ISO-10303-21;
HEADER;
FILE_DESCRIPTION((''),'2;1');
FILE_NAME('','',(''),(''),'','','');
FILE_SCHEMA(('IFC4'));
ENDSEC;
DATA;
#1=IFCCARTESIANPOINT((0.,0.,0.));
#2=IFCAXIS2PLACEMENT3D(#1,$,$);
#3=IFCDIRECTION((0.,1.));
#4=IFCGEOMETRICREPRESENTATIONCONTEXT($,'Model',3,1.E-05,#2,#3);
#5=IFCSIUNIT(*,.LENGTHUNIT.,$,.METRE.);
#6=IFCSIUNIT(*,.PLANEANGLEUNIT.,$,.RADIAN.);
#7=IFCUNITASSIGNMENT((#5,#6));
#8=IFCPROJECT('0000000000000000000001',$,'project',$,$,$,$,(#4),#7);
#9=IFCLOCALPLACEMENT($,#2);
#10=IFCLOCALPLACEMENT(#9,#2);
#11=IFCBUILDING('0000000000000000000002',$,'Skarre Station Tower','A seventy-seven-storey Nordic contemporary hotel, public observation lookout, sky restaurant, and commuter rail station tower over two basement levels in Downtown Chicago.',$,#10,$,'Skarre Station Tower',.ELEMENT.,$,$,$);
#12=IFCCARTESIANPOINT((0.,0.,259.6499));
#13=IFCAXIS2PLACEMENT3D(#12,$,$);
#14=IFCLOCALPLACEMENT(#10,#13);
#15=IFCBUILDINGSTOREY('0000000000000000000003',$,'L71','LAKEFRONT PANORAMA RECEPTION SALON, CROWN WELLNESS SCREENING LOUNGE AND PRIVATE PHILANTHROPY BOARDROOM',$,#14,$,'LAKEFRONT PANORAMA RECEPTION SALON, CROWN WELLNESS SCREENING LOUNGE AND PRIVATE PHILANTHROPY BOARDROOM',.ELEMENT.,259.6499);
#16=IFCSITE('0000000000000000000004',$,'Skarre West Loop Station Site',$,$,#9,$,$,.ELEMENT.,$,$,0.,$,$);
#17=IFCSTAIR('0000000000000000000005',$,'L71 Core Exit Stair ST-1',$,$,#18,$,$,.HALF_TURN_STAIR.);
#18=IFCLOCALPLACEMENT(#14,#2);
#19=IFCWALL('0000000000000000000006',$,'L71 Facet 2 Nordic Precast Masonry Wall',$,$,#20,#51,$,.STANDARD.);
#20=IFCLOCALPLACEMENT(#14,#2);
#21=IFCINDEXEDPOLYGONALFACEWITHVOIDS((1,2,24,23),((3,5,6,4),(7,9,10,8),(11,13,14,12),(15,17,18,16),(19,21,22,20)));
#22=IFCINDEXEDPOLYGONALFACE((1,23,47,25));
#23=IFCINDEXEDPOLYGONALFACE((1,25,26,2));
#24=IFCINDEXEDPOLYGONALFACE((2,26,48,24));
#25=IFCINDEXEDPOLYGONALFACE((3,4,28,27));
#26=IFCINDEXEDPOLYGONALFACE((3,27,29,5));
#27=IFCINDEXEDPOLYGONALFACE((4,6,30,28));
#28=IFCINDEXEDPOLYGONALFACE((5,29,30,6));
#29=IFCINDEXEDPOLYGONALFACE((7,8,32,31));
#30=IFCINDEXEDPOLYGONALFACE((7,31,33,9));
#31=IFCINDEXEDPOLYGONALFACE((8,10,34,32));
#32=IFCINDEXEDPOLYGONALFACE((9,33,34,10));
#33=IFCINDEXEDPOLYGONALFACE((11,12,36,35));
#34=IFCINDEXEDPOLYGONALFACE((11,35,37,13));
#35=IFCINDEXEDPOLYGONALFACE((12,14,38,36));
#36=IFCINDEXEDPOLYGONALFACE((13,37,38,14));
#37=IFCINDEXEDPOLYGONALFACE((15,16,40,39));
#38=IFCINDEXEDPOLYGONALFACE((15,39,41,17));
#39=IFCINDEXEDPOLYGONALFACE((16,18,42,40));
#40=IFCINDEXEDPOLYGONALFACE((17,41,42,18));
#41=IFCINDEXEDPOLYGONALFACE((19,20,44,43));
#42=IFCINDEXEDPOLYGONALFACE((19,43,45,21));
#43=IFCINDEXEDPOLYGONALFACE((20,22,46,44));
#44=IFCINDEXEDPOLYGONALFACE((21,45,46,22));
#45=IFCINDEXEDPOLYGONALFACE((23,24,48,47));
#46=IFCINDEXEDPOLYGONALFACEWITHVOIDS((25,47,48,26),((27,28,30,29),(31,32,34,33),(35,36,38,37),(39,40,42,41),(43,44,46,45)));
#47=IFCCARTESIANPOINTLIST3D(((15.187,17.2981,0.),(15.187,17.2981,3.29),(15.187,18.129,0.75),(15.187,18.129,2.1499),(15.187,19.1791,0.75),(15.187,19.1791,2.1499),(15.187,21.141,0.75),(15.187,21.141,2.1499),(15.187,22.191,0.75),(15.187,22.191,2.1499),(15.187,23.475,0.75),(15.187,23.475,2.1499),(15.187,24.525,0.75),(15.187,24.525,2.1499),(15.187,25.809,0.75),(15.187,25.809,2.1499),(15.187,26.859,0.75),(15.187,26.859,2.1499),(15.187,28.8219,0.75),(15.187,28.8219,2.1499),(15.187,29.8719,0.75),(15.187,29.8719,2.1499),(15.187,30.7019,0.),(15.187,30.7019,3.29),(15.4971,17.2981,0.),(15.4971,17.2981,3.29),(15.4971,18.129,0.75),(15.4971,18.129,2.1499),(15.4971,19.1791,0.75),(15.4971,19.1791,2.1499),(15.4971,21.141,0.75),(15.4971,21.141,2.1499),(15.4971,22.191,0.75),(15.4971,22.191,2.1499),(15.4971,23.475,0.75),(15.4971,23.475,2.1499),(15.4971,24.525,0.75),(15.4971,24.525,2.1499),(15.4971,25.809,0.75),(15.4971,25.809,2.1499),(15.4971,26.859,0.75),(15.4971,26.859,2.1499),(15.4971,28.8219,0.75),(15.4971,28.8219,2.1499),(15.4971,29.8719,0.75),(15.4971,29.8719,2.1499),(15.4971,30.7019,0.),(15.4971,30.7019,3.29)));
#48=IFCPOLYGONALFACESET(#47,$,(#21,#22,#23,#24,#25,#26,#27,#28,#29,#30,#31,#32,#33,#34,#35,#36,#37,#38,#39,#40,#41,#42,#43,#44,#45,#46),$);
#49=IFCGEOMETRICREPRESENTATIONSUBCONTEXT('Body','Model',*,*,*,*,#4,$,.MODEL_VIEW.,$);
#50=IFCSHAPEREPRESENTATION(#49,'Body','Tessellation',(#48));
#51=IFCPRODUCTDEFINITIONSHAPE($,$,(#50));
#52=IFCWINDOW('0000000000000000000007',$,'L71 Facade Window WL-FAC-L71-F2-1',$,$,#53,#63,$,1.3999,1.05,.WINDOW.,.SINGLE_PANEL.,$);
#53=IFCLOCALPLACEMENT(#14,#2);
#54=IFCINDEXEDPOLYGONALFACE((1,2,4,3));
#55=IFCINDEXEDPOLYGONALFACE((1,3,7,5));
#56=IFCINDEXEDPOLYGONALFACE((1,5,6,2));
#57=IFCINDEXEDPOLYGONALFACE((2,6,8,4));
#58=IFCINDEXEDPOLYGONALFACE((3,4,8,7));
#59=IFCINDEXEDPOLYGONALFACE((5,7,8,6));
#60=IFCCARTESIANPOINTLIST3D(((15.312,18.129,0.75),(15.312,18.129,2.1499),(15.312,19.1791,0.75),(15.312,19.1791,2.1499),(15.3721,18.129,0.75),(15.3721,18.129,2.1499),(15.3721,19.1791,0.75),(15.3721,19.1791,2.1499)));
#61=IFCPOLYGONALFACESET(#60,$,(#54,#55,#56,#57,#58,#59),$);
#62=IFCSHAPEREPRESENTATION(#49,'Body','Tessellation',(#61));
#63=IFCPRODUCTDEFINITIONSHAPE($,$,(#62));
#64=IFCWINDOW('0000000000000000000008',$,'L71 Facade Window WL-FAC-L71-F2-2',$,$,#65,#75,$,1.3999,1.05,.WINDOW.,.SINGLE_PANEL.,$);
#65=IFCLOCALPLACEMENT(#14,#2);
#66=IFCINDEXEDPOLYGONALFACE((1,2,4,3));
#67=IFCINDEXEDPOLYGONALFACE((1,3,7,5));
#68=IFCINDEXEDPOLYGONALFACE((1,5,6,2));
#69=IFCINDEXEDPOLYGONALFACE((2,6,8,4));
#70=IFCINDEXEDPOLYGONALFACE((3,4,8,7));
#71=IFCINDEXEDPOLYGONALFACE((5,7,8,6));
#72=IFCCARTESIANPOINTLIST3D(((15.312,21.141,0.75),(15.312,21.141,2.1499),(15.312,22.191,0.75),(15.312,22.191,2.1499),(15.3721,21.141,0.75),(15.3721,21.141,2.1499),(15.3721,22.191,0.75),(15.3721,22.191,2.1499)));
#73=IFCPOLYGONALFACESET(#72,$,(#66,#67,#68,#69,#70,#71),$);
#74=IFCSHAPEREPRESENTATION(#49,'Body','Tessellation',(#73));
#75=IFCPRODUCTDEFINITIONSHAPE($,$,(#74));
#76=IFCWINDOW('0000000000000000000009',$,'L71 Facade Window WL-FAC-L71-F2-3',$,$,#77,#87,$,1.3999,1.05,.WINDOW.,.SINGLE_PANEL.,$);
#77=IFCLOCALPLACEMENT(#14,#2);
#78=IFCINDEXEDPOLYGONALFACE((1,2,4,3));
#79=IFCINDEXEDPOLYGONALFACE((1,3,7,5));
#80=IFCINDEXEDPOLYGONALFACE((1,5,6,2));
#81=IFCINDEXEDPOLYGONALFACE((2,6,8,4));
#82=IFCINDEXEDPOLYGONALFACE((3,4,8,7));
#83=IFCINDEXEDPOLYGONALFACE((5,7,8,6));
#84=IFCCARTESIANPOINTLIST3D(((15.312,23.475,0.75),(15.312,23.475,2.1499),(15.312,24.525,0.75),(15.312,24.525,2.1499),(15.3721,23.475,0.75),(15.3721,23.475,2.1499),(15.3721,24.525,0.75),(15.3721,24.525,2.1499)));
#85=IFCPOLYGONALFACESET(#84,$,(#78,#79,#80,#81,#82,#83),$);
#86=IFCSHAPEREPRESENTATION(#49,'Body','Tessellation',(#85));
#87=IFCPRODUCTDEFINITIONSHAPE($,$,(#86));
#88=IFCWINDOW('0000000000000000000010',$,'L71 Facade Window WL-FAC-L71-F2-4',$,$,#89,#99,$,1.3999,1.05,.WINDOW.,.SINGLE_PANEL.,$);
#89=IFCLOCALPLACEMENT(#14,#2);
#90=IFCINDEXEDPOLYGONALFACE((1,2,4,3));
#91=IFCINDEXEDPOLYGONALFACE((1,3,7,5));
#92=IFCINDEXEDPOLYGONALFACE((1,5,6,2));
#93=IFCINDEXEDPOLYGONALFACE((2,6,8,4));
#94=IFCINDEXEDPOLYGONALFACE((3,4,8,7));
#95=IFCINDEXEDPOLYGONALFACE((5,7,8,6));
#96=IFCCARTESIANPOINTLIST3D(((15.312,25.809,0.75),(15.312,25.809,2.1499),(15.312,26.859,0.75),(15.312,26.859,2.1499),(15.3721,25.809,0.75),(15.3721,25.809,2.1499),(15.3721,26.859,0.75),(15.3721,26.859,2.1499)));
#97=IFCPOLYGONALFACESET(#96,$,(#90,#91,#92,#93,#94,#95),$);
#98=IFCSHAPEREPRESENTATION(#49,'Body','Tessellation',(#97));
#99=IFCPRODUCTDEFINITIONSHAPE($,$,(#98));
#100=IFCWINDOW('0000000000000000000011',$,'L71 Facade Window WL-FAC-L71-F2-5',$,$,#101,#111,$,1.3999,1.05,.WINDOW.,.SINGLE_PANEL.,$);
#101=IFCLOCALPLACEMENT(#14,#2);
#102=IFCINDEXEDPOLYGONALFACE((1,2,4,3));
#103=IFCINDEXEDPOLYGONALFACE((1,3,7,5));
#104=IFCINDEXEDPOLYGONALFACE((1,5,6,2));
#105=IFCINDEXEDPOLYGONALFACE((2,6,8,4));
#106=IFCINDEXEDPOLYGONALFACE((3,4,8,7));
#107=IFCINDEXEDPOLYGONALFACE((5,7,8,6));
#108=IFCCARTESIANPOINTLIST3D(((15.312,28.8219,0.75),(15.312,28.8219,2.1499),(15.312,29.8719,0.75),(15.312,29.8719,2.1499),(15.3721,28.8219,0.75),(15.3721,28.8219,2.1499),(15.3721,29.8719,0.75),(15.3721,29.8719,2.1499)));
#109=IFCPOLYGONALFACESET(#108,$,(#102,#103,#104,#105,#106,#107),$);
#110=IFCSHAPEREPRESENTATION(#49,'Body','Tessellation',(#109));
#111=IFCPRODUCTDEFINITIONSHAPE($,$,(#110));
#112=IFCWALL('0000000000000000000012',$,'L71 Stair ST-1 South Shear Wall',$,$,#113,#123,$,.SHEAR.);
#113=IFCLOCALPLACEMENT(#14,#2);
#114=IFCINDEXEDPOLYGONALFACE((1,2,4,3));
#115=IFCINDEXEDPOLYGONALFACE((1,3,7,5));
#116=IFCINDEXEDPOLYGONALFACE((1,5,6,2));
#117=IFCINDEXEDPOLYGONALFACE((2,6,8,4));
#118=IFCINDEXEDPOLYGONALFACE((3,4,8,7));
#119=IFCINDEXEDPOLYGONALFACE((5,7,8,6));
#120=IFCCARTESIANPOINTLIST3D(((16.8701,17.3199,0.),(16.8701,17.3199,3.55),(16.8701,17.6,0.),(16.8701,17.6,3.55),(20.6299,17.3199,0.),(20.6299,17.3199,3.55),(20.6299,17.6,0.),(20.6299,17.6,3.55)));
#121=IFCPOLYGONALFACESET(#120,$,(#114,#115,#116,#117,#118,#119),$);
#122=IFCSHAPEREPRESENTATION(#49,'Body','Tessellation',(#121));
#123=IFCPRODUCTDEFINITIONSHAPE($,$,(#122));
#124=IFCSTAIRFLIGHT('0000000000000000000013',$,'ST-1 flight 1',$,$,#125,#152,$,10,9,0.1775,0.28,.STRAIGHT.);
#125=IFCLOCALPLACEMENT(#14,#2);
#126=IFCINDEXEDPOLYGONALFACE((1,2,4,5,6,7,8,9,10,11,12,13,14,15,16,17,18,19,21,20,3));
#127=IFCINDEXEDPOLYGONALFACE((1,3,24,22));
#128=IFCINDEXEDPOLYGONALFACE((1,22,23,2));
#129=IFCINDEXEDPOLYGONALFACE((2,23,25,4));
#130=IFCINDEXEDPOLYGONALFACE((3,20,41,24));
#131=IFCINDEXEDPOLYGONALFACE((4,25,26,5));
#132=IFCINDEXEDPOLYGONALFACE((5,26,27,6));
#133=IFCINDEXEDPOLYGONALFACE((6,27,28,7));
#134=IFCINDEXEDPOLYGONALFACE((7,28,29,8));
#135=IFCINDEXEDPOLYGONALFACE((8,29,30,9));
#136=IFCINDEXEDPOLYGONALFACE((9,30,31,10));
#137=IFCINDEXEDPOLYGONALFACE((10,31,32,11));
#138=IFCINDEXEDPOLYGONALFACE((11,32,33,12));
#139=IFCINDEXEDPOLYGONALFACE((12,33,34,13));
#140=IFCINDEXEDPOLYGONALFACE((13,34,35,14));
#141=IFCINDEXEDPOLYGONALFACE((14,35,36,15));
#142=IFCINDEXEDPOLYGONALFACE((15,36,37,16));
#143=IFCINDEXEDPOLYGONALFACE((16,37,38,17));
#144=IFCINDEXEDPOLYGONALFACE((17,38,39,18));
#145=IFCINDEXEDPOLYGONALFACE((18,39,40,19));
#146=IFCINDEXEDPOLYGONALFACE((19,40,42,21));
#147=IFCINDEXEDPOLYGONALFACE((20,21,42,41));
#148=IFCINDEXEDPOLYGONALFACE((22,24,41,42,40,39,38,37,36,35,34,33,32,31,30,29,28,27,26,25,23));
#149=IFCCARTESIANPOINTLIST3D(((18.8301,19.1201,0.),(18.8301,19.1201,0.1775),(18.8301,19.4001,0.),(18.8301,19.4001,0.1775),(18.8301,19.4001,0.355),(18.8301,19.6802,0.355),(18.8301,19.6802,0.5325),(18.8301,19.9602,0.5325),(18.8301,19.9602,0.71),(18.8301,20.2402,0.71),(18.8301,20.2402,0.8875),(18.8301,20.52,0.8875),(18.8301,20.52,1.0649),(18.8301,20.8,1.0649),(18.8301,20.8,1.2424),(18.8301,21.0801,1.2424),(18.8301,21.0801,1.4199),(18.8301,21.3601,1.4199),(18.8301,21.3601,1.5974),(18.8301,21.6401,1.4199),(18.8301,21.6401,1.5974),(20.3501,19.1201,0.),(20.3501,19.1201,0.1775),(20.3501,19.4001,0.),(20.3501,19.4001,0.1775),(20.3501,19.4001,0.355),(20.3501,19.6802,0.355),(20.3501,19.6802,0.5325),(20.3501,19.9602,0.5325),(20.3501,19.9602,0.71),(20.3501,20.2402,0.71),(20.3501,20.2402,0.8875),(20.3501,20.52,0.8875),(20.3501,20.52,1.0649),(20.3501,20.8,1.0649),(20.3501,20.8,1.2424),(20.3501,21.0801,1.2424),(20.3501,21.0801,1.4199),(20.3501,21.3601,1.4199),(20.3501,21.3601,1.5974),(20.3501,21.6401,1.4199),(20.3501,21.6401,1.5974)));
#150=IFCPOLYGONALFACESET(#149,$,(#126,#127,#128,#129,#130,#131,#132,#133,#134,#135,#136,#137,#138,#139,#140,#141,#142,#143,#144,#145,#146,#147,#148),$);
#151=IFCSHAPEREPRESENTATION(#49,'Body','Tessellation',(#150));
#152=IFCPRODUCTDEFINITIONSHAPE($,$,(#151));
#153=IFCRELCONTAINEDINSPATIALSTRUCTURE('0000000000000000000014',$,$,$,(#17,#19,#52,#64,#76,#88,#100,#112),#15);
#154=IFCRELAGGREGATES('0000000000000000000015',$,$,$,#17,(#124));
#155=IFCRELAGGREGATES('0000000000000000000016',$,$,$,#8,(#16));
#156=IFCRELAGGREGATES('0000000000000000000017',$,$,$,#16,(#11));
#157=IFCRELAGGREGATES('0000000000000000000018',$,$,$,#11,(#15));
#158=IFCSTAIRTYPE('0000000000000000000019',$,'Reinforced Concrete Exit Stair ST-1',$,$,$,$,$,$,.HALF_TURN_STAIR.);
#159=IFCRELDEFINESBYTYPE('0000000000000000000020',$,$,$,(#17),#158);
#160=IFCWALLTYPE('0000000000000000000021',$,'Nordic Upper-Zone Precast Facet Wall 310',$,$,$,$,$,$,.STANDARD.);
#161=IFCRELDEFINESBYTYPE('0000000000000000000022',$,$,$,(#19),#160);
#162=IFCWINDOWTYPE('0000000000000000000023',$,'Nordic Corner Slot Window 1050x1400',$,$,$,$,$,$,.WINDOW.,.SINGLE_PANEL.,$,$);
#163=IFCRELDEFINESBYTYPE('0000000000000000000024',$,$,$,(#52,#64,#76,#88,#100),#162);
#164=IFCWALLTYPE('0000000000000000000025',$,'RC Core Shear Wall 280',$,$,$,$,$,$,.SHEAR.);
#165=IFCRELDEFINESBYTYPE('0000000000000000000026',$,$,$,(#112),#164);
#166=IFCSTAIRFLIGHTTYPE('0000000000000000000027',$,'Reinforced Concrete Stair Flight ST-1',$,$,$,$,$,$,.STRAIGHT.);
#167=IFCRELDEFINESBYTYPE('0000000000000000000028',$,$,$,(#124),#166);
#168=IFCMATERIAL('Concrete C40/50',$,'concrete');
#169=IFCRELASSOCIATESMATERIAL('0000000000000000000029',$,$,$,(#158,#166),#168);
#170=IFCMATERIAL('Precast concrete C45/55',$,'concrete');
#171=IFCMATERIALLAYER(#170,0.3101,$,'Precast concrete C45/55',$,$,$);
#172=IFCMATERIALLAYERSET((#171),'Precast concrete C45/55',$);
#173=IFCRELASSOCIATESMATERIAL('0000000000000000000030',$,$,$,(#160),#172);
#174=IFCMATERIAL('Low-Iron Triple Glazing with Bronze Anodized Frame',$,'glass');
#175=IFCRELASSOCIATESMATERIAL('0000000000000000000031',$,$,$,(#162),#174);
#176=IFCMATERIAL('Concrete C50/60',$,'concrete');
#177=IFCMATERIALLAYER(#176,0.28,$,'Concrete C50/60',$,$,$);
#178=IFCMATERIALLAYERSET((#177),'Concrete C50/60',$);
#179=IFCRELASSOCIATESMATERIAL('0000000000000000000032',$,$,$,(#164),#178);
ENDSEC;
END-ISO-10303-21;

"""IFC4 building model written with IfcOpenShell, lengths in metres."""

from ifc_helpers import new_model, si_unit, direction, frame, frame_2d, origin, place, context, subcontext, project, spatial, polyline, rectangle, outline, extrude, material, layer, layer_set, type_object, element, fill, aggregate, save


model = new_model("IFC4")

# Units and contexts
model_context = context("Model", 3, precision=1e-05, world=origin(), true_north=direction((0.0, 1.0)))
body_context = subcontext(model_context, "Body", "Model", "MODEL_VIEW")
ifc_project = project(units=[si_unit("LENGTHUNIT", "METRE"), si_unit("PLANEANGLEUNIT", "RADIAN")], contexts=[model_context])

# Site, building, storey
site_placement = place(None, origin())
site = spatial("IfcSite", under=ifc_project, at=site_placement, Name="Skarre West Loop Station Site", CompositionType="ELEMENT", RefElevation=0.0)
building_placement = place(site_placement, origin())
building = spatial("IfcBuilding", under=site, at=building_placement, Name="Skarre Station Tower", Description="A seventy-seven-storey Nordic contemporary hotel, public observation lookout, sky restaurant, and commuter rail station tower over two basement levels in Downtown Chicago.", LongName="Skarre Station Tower", CompositionType="ELEMENT")
storey_placement = place(building_placement, frame((0.0, 0.0, 259.6499)))
storey = spatial("IfcBuildingStorey", under=building, at=storey_placement, Name="L71", Description="LAKEFRONT PANORAMA RECEPTION SALON, CROWN WELLNESS SCREENING LOUNGE AND PRIVATE PHILANTHROPY BOARDROOM", LongName="LAKEFRONT PANORAMA RECEPTION SALON, CROWN WELLNESS SCREENING LOUNGE AND PRIVATE PHILANTHROPY BOARDROOM", CompositionType="ELEMENT", Elevation=259.6499)

# Shared definitions
ifc_material_1 = material(Name="Concrete C50/60", Category="concrete")

# Stair
ifc_material_2 = material(Name="Concrete C40/50", Category="concrete")
stair_type_1 = type_object("IfcStairType", Name="Reinforced Concrete Exit Stair ST-1", PredefinedType="HALF_TURN_STAIR", material=ifc_material_2)
stair_1_placement = place(storey_placement, origin())
stair_1 = element("IfcStair", 1, at=stair_1_placement, inside=storey, type_object=stair_type_1, Name="L71 Core Exit Stair ST-1", PredefinedType="HALF_TURN_STAIR")

# Shared definitions
ifc_material_3 = material(Name="Precast concrete C45/55", Category="concrete")

# Wall, openings, windows
ifc_layer_1 = layer(ifc_material_3, 0.3101, Name="Precast concrete C45/55")
ifc_layer_set_1 = layer_set([ifc_layer_1], Name="Precast concrete C45/55")
wall_type_1 = type_object("IfcWallType", Name="Nordic Upper-Zone Precast Facet Wall 310", PredefinedType="STANDARD", material=ifc_layer_set_1)
wall_1_placement = place(storey_placement, frame((15.342, 17.2981, 0.0), z_axis=(0.0, 0.0, 1.0), x_axis=(0.0, 1.0, 0.0)))
wall_1 = element("IfcWall", 2, at=wall_1_placement, inside=storey, type_object=wall_type_1, Name="L71 Facet 2 Nordic Precast Masonry Wall", PredefinedType="STANDARD", context=body_context, shape_type="SweptSolid", body=[
    extrude(rectangle(XDim=13.4038, YDim=0.3101, at=frame_2d((6.7019, 0.0))), origin(), (0.0, 0.0, 1.0), 3.29),
])
opening_1_placement = place(wall_1_placement, frame((0.8311, 0.0, 0.75)))
opening_1 = element("IfcOpeningElement", 3, at=opening_1_placement, cuts=wall_1, PredefinedType="OPENING", context=body_context, shape_type="SweptSolid", body=[
    extrude(rectangle(XDim=1.05, YDim=1.3999, at=frame_2d((0.5249, 0.7))), frame((0.0, 0.165, 0.0), z_axis=(0.0, -1.0, 0.0), x_axis=(1.0, 0.0, 0.0)), (0.0, 0.0, 1.0), 0.3301),
])
opening_2_placement = place(wall_1_placement, frame((3.843, 0.0, 0.75)))
opening_2 = element("IfcOpeningElement", 4, at=opening_2_placement, cuts=wall_1, PredefinedType="OPENING", context=body_context, shape_type="SweptSolid", body=[
    extrude(rectangle(XDim=1.05, YDim=1.3999, at=frame_2d((0.5249, 0.7))), frame((0.0, 0.165, 0.0), z_axis=(0.0, -1.0, 0.0), x_axis=(1.0, 0.0, 0.0)), (0.0, 0.0, 1.0), 0.3301),
])
opening_3_placement = place(wall_1_placement, frame((6.177, 0.0, 0.75)))
opening_3 = element("IfcOpeningElement", 5, at=opening_3_placement, cuts=wall_1, PredefinedType="OPENING", context=body_context, shape_type="SweptSolid", body=[
    extrude(rectangle(XDim=1.05, YDim=1.3999, at=frame_2d((0.5249, 0.7))), frame((0.0, 0.165, 0.0), z_axis=(0.0, -1.0, 0.0), x_axis=(1.0, 0.0, 0.0)), (0.0, 0.0, 1.0), 0.3301),
])
opening_4_placement = place(wall_1_placement, frame((8.511, 0.0, 0.75)))
opening_4 = element("IfcOpeningElement", 6, at=opening_4_placement, cuts=wall_1, PredefinedType="OPENING", context=body_context, shape_type="SweptSolid", body=[
    extrude(rectangle(XDim=1.05, YDim=1.3999, at=frame_2d((0.5249, 0.7))), frame((0.0, 0.165, 0.0), z_axis=(0.0, -1.0, 0.0), x_axis=(1.0, 0.0, 0.0)), (0.0, 0.0, 1.0), 0.3301),
])
opening_5_placement = place(wall_1_placement, frame((11.5239, 0.0, 0.75)))
opening_5 = element("IfcOpeningElement", 7, at=opening_5_placement, cuts=wall_1, PredefinedType="OPENING", context=body_context, shape_type="SweptSolid", body=[
    extrude(rectangle(XDim=1.05, YDim=1.3999, at=frame_2d((0.5249, 0.7))), frame((0.0, 0.165, 0.0), z_axis=(0.0, -1.0, 0.0), x_axis=(1.0, 0.0, 0.0)), (0.0, 0.0, 1.0), 0.3301),
])
ifc_material_4 = material(Name="Low-Iron Triple Glazing with Bronze Anodized Frame", Category="glass")
window_type = type_object("IfcWindowType", Name="Nordic Corner Slot Window 1050x1400", PartitioningType="SINGLE_PANEL", PredefinedType="WINDOW", material=ifc_material_4)
window_1_placement = place(opening_1_placement, origin())
window_1 = element("IfcWindow", 8, at=window_1_placement, inside=storey, type_object=window_type, Name="L71 Facade Window WL-FAC-L71-F2-1", OverallHeight=1.3999, OverallWidth=1.05, PartitioningType="SINGLE_PANEL", PredefinedType="WINDOW", context=body_context, shape_type="SweptSolid", body=[
    extrude(rectangle(XDim=1.05, YDim=1.3999, at=frame_2d((0.5249, 0.7))), frame((0.0, 0.03, 0.0), z_axis=(0.0, -1.0, 0.0), x_axis=(1.0, 0.0, 0.0)), (0.0, 0.0, 1.0), 0.0601),
])
fill(opening_1, window_1)
window_2_placement = place(opening_2_placement, origin())
window_2 = element("IfcWindow", 9, at=window_2_placement, inside=storey, type_object=window_type, Name="L71 Facade Window WL-FAC-L71-F2-2", OverallHeight=1.3999, OverallWidth=1.05, PartitioningType="SINGLE_PANEL", PredefinedType="WINDOW", context=body_context, shape_type="SweptSolid", body=[
    extrude(rectangle(XDim=1.05, YDim=1.3999, at=frame_2d((0.5249, 0.7))), frame((0.0, 0.03, 0.0), z_axis=(0.0, -1.0, 0.0), x_axis=(1.0, 0.0, 0.0)), (0.0, 0.0, 1.0), 0.0601),
])
fill(opening_2, window_2)
window_3_placement = place(opening_3_placement, origin())
window_3 = element("IfcWindow", 10, at=window_3_placement, inside=storey, type_object=window_type, Name="L71 Facade Window WL-FAC-L71-F2-3", OverallHeight=1.3999, OverallWidth=1.05, PartitioningType="SINGLE_PANEL", PredefinedType="WINDOW", context=body_context, shape_type="SweptSolid", body=[
    extrude(rectangle(XDim=1.05, YDim=1.3999, at=frame_2d((0.5249, 0.7))), frame((0.0, 0.03, 0.0), z_axis=(0.0, -1.0, 0.0), x_axis=(1.0, 0.0, 0.0)), (0.0, 0.0, 1.0), 0.0601),
])
fill(opening_3, window_3)
window_4_placement = place(opening_4_placement, origin())
window_4 = element("IfcWindow", 11, at=window_4_placement, inside=storey, type_object=window_type, Name="L71 Facade Window WL-FAC-L71-F2-4", OverallHeight=1.3999, OverallWidth=1.05, PartitioningType="SINGLE_PANEL", PredefinedType="WINDOW", context=body_context, shape_type="SweptSolid", body=[
    extrude(rectangle(XDim=1.05, YDim=1.3999, at=frame_2d((0.5249, 0.7))), frame((0.0, 0.03, 0.0), z_axis=(0.0, -1.0, 0.0), x_axis=(1.0, 0.0, 0.0)), (0.0, 0.0, 1.0), 0.0601),
])
fill(opening_4, window_4)
window_5_placement = place(opening_5_placement, origin())
window_5 = element("IfcWindow", 12, at=window_5_placement, inside=storey, type_object=window_type, Name="L71 Facade Window WL-FAC-L71-F2-5", OverallHeight=1.3999, OverallWidth=1.05, PartitioningType="SINGLE_PANEL", PredefinedType="WINDOW", context=body_context, shape_type="SweptSolid", body=[
    extrude(rectangle(XDim=1.05, YDim=1.3999, at=frame_2d((0.5249, 0.7))), frame((0.0, 0.03, 0.0), z_axis=(0.0, -1.0, 0.0), x_axis=(1.0, 0.0, 0.0)), (0.0, 0.0, 1.0), 0.0601),
])
fill(opening_5, window_5)

# Wall
ifc_layer_2 = layer(ifc_material_1, 0.28, Name="Concrete C50/60")
ifc_layer_set_2 = layer_set([ifc_layer_2], Name="Concrete C50/60")
wall_type_2 = type_object("IfcWallType", Name="RC Core Shear Wall 280", PredefinedType="SHEAR", material=ifc_layer_set_2)
wall_2_placement = place(storey_placement, frame((16.8701, 17.46, 0.0), z_axis=(0.0, 0.0, 1.0), x_axis=(1.0, 0.0, 0.0)))
element("IfcWall", 13, at=wall_2_placement, inside=storey, type_object=wall_type_2, Name="L71 Stair ST-1 South Shear Wall", PredefinedType="SHEAR", context=body_context, shape_type="SweptSolid", body=[
    extrude(rectangle(XDim=3.7598, YDim=0.28, at=frame_2d((1.8799, 0.0))), origin(), (0.0, 0.0, 1.0), 3.55),
])

# Stair flight
stair_flight_type = type_object("IfcStairFlightType", Name="Reinforced Concrete Stair Flight ST-1", PredefinedType="STRAIGHT", material=ifc_material_2)
stair_flight_placement = place(storey_placement, frame((19.5901, 19.1201, 0.0), z_axis=(0.0, 0.0, 1.0), x_axis=(0.0, 1.0, 0.0)))
stair_flight = element("IfcStairFlight", 14, at=stair_flight_placement, type_object=stair_flight_type, Name="ST-1 flight 1", NumberOfRisers=10, NumberOfTreads=9, PredefinedType="STRAIGHT", RiserHeight=0.1775, TreadLength=0.28, context=body_context, shape_type="SweptSolid", body=[
    extrude(outline(polyline([(0.0, 0.0), (0.0, 0.1775), (0.28, 0.1775), (0.28, 0.355), (0.5601, 0.355), (0.5601, 0.5325), (0.8401, 0.5325), (0.8401, 0.71), (1.1201, 0.71), (1.1201, 0.8875), (1.3999, 0.8875), (1.3999, 1.0649), (1.6799, 1.0649), (1.6799, 1.2424), (1.96, 1.2424), (1.96, 1.4199), (2.24, 1.4199), (2.24, 1.5974), (2.52, 1.5974), (2.52, 1.7749), (2.52, 1.4199), (0.28, 0.0), (0.0, 0.0)])), frame((0.0, 0.76, 0.0), z_axis=(0.0, -1.0, 0.0), x_axis=(1.0, 0.0, 0.0)), (0.0, 0.0, 1.0), 1.52),
])
aggregate(stair_1, [stair_flight])

save(model, "model.ifc")
